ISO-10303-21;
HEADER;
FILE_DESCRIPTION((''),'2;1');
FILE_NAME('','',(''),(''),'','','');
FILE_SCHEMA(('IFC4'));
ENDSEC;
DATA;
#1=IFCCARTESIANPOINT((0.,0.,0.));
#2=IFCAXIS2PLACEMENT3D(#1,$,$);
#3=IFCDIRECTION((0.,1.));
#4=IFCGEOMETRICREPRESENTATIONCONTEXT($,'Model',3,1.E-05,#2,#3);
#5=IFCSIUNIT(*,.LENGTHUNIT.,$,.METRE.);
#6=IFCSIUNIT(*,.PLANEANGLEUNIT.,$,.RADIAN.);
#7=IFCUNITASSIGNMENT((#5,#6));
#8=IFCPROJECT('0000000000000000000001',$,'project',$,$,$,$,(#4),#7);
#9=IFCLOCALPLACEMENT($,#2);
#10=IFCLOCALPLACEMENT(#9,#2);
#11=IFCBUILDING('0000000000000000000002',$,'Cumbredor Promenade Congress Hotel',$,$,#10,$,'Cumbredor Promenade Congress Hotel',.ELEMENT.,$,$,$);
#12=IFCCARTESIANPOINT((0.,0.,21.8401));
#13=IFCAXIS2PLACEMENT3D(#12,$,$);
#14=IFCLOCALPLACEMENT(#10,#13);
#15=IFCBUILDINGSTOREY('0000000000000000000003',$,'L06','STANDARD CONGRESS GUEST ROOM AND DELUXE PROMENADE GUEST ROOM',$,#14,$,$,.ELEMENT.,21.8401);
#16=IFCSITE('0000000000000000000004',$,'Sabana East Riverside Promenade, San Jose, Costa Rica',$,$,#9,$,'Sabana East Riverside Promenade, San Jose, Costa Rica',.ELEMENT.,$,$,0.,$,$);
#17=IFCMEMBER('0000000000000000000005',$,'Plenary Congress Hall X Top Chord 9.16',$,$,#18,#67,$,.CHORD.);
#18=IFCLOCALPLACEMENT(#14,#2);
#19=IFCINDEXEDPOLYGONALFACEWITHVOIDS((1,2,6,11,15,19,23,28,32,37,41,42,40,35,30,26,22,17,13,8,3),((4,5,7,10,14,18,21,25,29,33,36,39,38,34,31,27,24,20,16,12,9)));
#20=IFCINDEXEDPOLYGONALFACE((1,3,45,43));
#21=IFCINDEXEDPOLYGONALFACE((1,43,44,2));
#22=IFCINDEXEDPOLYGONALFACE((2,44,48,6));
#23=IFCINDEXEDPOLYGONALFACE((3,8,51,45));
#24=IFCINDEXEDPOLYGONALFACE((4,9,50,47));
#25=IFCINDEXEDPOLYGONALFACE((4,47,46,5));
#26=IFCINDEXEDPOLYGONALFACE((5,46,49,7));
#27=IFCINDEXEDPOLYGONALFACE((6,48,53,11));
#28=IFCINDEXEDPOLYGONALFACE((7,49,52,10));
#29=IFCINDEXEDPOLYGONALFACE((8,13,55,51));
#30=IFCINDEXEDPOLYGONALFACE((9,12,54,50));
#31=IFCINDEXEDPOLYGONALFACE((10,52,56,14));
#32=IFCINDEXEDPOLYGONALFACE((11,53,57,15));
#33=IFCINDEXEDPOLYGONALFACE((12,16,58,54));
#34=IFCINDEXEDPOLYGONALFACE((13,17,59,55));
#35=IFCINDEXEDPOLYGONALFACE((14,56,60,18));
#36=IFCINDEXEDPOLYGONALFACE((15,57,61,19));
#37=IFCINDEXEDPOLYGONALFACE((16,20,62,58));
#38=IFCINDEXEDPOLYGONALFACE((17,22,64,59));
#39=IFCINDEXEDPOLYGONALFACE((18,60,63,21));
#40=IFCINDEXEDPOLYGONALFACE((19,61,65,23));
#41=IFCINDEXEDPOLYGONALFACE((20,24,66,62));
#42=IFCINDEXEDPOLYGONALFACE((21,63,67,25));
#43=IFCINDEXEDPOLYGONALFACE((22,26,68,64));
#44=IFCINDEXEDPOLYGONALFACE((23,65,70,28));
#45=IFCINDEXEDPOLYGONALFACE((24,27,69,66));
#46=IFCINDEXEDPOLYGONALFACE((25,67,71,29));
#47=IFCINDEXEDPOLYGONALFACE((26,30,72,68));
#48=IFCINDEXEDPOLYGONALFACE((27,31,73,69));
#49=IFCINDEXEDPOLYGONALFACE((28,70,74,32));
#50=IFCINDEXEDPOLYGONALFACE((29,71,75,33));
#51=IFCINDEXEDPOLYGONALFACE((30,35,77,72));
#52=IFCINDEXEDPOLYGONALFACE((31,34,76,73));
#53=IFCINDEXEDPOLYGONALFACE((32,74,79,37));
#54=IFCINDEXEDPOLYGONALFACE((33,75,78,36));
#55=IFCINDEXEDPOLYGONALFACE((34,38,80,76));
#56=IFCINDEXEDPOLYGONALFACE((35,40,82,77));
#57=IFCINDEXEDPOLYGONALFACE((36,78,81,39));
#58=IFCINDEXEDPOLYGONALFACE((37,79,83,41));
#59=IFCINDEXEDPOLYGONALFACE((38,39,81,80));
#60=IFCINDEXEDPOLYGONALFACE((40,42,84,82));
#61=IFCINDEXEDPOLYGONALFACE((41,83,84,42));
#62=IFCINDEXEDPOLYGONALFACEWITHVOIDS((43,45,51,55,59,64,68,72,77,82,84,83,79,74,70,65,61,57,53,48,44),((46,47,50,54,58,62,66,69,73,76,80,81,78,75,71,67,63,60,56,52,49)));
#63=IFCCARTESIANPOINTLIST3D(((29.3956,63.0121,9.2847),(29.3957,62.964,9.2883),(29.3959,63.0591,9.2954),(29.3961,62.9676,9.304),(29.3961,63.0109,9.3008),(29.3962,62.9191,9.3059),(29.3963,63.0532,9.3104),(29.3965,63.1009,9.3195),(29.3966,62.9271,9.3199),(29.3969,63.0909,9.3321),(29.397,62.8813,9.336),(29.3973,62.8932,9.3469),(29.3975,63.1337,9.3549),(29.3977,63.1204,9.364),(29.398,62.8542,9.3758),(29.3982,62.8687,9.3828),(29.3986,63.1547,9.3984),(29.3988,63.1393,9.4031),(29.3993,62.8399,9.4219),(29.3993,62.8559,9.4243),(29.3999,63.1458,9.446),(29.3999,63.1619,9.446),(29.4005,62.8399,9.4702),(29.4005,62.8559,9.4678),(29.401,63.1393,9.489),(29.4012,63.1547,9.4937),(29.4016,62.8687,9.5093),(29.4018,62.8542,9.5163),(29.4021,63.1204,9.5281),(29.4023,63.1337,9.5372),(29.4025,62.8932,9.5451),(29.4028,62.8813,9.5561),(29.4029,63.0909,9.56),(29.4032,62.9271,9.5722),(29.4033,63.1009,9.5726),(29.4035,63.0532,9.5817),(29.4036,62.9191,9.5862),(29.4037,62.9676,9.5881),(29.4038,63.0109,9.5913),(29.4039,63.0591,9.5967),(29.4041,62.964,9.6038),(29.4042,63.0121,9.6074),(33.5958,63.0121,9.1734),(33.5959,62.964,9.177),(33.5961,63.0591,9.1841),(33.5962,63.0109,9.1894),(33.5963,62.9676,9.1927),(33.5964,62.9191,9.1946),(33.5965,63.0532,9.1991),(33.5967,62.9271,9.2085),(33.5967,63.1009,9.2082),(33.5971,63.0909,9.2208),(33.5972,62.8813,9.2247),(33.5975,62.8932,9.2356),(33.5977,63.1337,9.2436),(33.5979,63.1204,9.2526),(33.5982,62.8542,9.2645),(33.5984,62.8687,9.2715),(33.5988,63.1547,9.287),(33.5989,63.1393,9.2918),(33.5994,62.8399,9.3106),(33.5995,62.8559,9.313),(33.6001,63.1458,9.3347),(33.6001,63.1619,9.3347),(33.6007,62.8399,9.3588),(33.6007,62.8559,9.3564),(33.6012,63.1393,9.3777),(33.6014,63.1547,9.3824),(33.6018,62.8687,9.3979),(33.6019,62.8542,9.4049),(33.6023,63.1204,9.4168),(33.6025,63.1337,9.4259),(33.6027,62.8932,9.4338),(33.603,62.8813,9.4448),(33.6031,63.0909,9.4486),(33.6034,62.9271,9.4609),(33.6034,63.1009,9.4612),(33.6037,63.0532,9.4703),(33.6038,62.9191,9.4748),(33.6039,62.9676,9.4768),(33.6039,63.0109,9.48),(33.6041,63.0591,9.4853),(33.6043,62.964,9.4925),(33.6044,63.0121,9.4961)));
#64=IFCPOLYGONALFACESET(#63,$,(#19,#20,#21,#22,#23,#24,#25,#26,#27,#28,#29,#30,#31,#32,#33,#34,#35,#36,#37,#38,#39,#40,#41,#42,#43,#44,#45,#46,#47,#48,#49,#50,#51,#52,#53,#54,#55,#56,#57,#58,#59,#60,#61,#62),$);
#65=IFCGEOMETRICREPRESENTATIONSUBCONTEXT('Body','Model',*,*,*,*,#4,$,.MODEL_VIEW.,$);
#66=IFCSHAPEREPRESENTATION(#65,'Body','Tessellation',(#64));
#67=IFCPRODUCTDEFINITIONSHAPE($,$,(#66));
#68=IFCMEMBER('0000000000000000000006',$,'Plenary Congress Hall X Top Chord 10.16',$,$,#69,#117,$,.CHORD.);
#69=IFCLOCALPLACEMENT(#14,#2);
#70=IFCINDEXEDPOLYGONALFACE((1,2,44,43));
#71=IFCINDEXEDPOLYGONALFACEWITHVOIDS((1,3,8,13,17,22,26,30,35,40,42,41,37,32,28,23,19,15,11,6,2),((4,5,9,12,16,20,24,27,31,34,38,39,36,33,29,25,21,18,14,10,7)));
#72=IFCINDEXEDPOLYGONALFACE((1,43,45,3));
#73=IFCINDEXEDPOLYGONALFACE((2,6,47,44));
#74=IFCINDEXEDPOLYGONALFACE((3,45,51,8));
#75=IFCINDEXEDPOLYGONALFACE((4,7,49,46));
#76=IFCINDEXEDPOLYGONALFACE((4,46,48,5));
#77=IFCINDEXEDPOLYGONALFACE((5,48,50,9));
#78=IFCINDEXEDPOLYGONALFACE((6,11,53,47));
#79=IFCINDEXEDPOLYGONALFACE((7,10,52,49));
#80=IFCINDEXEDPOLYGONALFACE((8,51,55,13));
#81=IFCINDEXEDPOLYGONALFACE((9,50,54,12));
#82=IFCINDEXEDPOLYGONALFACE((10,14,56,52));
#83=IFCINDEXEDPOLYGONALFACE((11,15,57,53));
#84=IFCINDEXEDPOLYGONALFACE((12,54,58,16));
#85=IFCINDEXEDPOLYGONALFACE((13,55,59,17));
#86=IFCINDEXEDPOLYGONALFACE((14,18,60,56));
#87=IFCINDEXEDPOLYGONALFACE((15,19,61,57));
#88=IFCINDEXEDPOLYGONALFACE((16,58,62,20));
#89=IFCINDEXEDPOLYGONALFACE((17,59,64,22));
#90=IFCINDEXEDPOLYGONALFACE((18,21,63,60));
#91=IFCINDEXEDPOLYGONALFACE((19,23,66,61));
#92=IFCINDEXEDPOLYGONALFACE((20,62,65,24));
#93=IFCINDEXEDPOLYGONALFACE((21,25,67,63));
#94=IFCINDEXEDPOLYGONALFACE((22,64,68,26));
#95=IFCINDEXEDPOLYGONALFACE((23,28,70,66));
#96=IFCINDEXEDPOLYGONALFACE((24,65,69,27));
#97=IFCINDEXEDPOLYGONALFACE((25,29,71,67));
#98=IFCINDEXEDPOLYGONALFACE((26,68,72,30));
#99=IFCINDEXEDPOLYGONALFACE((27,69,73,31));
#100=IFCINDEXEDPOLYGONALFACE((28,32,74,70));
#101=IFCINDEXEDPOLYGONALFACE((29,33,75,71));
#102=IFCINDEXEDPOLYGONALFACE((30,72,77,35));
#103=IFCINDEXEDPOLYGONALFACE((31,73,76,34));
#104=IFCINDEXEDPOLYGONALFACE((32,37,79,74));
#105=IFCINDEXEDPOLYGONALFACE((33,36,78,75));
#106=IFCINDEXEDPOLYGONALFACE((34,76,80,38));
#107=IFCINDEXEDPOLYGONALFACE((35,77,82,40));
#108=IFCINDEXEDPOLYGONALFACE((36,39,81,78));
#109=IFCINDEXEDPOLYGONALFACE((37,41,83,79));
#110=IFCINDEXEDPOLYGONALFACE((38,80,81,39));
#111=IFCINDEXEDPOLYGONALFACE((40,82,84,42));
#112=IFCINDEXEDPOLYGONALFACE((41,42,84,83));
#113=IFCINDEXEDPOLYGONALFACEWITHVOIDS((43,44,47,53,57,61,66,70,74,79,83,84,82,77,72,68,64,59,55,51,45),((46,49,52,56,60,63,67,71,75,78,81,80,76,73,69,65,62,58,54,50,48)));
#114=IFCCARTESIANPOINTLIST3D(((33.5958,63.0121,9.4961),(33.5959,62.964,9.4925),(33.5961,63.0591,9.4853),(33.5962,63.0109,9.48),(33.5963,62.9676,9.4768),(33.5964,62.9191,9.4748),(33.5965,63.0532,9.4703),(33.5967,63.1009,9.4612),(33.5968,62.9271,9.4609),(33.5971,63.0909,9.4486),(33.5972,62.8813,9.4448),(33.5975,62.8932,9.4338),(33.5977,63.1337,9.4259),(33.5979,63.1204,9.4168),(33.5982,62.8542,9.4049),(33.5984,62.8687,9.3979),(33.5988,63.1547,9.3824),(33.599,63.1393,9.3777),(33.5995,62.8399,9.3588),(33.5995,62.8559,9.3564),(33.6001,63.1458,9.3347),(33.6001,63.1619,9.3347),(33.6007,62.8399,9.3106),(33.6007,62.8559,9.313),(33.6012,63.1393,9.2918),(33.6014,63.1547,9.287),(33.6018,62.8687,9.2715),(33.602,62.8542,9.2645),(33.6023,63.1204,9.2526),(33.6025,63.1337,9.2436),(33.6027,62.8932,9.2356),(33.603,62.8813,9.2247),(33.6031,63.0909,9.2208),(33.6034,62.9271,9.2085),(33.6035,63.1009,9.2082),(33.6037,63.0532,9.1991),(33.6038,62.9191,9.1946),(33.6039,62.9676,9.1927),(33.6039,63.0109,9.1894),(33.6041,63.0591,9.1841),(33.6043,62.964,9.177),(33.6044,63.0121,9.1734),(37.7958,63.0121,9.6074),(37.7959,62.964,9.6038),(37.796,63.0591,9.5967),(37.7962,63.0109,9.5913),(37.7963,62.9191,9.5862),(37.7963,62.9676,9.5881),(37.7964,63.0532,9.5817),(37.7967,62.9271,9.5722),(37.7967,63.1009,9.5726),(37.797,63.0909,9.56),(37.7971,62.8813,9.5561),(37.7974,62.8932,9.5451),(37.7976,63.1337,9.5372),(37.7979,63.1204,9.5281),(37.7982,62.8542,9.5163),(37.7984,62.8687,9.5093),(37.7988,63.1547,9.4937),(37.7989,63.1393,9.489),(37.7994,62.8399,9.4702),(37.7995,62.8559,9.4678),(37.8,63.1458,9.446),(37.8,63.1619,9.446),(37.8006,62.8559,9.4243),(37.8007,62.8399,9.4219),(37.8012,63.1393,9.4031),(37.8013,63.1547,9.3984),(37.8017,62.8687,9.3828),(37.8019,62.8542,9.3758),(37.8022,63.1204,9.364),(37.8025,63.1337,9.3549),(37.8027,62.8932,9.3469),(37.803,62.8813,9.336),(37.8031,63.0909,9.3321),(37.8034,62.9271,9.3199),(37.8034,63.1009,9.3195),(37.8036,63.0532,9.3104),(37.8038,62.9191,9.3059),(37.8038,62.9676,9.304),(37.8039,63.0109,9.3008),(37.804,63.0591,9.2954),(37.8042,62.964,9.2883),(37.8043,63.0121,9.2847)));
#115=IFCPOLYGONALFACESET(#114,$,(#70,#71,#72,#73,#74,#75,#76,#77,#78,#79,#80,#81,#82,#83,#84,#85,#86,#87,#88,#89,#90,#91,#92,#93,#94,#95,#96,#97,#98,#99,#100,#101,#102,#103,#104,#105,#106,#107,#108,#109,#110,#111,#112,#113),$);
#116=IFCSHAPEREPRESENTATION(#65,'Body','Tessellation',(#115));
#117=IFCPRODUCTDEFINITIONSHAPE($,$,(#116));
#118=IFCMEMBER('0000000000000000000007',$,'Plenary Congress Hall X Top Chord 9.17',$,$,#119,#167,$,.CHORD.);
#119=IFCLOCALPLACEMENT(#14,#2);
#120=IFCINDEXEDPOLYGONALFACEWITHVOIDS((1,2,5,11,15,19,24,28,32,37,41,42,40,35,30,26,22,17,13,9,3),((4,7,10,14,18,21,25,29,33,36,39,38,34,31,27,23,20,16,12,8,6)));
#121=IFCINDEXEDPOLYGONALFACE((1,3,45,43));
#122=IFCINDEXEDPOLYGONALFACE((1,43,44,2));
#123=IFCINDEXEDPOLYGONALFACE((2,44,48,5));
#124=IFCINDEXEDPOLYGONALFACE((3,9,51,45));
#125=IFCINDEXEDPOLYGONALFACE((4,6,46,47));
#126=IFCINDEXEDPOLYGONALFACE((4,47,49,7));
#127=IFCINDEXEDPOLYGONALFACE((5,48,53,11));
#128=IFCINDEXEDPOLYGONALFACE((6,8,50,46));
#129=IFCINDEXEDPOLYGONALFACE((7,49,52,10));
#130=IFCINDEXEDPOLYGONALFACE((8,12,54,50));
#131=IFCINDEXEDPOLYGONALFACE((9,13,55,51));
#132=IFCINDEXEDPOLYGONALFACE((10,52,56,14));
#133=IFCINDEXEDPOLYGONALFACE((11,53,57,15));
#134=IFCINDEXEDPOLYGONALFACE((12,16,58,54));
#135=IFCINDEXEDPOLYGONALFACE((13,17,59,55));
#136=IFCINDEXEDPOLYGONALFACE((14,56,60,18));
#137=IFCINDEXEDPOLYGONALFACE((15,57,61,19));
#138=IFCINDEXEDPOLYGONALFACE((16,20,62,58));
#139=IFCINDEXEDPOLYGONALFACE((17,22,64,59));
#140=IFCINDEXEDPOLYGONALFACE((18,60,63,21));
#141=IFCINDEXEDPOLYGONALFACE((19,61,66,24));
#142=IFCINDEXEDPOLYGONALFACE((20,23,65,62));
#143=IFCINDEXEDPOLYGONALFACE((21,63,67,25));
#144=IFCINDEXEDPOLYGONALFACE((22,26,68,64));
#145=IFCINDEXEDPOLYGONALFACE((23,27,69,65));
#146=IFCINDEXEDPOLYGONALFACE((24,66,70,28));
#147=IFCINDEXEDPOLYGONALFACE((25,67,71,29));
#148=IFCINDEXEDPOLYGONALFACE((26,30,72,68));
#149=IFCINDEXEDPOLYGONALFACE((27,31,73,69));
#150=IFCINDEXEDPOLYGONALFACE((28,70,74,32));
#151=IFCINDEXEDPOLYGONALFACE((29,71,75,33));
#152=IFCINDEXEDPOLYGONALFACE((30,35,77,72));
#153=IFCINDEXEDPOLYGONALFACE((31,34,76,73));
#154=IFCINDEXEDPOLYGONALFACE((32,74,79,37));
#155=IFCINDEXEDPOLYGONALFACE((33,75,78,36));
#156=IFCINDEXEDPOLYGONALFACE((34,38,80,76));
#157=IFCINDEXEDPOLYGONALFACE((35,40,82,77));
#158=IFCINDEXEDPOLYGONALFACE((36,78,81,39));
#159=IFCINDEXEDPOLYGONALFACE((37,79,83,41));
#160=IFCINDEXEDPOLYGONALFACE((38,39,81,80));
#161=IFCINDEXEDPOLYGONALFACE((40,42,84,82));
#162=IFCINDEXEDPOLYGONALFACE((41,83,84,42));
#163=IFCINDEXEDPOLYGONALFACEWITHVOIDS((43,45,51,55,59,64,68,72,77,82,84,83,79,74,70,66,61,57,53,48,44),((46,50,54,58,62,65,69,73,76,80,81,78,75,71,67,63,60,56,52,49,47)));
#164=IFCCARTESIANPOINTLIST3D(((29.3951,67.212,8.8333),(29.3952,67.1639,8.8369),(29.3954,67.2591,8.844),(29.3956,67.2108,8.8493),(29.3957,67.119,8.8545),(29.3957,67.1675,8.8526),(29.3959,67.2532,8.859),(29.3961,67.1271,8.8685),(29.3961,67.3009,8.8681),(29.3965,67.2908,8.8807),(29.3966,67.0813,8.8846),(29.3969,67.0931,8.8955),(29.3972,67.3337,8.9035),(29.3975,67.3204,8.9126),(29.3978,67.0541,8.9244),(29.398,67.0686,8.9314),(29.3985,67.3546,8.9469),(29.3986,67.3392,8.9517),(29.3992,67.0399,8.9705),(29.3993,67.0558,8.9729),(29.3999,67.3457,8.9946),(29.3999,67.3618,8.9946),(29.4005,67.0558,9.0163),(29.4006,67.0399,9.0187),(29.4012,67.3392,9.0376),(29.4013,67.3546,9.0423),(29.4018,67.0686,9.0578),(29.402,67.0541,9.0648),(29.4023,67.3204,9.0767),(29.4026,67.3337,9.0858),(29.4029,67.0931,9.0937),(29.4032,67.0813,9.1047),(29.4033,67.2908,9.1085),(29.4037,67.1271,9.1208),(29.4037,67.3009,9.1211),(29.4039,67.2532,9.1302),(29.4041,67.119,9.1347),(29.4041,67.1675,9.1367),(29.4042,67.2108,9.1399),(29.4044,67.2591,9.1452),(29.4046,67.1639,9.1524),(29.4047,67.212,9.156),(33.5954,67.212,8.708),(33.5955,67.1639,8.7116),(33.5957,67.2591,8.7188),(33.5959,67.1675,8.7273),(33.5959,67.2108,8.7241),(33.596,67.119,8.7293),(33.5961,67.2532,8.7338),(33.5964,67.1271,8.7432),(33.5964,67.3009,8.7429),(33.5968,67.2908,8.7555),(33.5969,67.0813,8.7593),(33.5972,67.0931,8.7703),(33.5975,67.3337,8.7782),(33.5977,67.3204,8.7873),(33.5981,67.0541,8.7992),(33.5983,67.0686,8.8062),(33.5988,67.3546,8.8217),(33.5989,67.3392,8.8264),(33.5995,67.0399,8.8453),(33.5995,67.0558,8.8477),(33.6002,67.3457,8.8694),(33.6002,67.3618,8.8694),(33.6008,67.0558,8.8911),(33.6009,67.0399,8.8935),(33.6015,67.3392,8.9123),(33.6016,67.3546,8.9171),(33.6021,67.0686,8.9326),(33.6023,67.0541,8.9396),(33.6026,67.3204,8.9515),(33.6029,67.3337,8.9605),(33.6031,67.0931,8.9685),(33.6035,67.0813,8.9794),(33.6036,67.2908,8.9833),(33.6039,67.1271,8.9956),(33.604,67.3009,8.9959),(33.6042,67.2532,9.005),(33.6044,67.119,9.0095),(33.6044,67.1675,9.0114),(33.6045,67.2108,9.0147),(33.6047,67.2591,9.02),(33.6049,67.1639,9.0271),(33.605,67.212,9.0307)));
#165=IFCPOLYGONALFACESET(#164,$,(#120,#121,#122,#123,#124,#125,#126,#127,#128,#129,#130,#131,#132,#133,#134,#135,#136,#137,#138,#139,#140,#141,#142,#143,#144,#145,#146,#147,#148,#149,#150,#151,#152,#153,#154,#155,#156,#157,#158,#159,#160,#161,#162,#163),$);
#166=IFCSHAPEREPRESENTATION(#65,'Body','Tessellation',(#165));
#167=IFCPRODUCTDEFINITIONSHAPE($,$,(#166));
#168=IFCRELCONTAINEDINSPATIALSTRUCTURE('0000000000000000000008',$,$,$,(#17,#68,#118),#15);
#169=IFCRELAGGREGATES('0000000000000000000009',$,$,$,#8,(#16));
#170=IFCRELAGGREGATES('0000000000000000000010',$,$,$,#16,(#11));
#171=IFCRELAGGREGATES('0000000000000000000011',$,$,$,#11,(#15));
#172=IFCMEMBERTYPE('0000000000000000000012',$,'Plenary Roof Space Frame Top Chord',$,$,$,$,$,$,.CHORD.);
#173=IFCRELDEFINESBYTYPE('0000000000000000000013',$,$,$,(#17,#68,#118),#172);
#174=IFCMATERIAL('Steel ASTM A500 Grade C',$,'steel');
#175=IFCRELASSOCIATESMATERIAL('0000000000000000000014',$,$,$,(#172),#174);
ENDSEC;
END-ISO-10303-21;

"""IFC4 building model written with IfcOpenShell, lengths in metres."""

from ifc_helpers import new_model, si_unit, direction, frame, origin, origin_2d, place, context, subcontext, project, spatial, hollow_circle, extrude, material, material_profile, profile_set, type_object, element, save


model = new_model("IFC4")

# Units and contexts
model_context = context("Model", 3, precision=1e-05, world=origin(), true_north=direction((0.0, 1.0)))
body_context = subcontext(model_context, "Body", "Model", "MODEL_VIEW")
ifc_project = project(units=[si_unit("LENGTHUNIT", "METRE"), si_unit("PLANEANGLEUNIT", "RADIAN")], contexts=[model_context])

# Site, building, storey
site_placement = place(None, origin())
site = spatial("IfcSite", under=ifc_project, at=site_placement, Name="Sabana East Riverside Promenade, San Jose, Costa Rica", LongName="Sabana East Riverside Promenade, San Jose, Costa Rica", CompositionType="ELEMENT", RefElevation=0.0)
building_placement = place(site_placement, origin())
building = spatial("IfcBuilding", under=site, at=building_placement, Name="Cumbredor Promenade Congress Hotel", LongName="Cumbredor Promenade Congress Hotel", CompositionType="ELEMENT")
storey_placement = place(building_placement, frame((0.0, 0.0, 21.8401)))
storey = spatial("IfcBuildingStorey", under=building, at=storey_placement, Name="L06", Description="STANDARD CONGRESS GUEST ROOM AND DELUXE PROMENADE GUEST ROOM", CompositionType="ELEMENT", Elevation=21.8401)

# Members
ifc_material_1 = material(Name="Steel ASTM A500 Grade C", Category="steel")
ifc_material_profile_1 = material_profile(ifc_material_1, hollow_circle(Radius=0.1619, WallThickness=0.0161, at=origin_2d()), Name="CHS 323.9x16")
ifc_profile_set_1 = profile_set([ifc_material_profile_1], Name="Steel ASTM A500 Grade C")
member_type_1 = type_object("IfcMemberType", Name="Plenary Roof Space Frame Top Chord", PredefinedType="CHORD", material=ifc_profile_set_1)
member_1_placement = place(storey_placement, frame((29.3999, 63.0, 9.446), z_axis=(0.999649, 0.0, -0.026496), x_axis=(0.0, 1.0, 0.0)))
element("IfcMember", 1, at=member_1_placement, inside=storey, type_object=member_type_1, Name="Plenary Congress Hall X Top Chord 9.16", PredefinedType="CHORD", context=body_context, shape_type="SweptSolid", body=[
    extrude(hollow_circle(Radius=0.1619, WallThickness=0.0161, at=origin_2d()), origin(), (0.0, 0.0, 1.0), 4.2017),
])
member_2_placement = place(storey_placement, frame((33.6001, 63.0, 9.3347), z_axis=(0.999649, 0.0, 0.026498), x_axis=(0.0, 1.0, 0.0)))
element("IfcMember", 2, at=member_2_placement, inside=storey, type_object=member_type_1, Name="Plenary Congress Hall X Top Chord 10.16", PredefinedType="CHORD", context=body_context, shape_type="SweptSolid", body=[
    extrude(hollow_circle(Radius=0.1619, WallThickness=0.0161, at=origin_2d()), origin(), (0.0, 0.0, 1.0), 4.2014),
])
member_3_placement = place(storey_placement, frame((29.3999, 67.2, 8.9946), z_axis=(0.999556, 0.0, -0.029805), x_axis=(0.0, 1.0, 0.0)))
element("IfcMember", 3, at=member_3_placement, inside=storey, type_object=member_type_1, Name="Plenary Congress Hall X Top Chord 9.17", PredefinedType="CHORD", context=body_context, shape_type="SweptSolid", body=[
    extrude(hollow_circle(Radius=0.1619, WallThickness=0.0161, at=origin_2d()), origin(), (0.0, 0.0, 1.0), 4.2021),
])

save(model, "model.ifc")
